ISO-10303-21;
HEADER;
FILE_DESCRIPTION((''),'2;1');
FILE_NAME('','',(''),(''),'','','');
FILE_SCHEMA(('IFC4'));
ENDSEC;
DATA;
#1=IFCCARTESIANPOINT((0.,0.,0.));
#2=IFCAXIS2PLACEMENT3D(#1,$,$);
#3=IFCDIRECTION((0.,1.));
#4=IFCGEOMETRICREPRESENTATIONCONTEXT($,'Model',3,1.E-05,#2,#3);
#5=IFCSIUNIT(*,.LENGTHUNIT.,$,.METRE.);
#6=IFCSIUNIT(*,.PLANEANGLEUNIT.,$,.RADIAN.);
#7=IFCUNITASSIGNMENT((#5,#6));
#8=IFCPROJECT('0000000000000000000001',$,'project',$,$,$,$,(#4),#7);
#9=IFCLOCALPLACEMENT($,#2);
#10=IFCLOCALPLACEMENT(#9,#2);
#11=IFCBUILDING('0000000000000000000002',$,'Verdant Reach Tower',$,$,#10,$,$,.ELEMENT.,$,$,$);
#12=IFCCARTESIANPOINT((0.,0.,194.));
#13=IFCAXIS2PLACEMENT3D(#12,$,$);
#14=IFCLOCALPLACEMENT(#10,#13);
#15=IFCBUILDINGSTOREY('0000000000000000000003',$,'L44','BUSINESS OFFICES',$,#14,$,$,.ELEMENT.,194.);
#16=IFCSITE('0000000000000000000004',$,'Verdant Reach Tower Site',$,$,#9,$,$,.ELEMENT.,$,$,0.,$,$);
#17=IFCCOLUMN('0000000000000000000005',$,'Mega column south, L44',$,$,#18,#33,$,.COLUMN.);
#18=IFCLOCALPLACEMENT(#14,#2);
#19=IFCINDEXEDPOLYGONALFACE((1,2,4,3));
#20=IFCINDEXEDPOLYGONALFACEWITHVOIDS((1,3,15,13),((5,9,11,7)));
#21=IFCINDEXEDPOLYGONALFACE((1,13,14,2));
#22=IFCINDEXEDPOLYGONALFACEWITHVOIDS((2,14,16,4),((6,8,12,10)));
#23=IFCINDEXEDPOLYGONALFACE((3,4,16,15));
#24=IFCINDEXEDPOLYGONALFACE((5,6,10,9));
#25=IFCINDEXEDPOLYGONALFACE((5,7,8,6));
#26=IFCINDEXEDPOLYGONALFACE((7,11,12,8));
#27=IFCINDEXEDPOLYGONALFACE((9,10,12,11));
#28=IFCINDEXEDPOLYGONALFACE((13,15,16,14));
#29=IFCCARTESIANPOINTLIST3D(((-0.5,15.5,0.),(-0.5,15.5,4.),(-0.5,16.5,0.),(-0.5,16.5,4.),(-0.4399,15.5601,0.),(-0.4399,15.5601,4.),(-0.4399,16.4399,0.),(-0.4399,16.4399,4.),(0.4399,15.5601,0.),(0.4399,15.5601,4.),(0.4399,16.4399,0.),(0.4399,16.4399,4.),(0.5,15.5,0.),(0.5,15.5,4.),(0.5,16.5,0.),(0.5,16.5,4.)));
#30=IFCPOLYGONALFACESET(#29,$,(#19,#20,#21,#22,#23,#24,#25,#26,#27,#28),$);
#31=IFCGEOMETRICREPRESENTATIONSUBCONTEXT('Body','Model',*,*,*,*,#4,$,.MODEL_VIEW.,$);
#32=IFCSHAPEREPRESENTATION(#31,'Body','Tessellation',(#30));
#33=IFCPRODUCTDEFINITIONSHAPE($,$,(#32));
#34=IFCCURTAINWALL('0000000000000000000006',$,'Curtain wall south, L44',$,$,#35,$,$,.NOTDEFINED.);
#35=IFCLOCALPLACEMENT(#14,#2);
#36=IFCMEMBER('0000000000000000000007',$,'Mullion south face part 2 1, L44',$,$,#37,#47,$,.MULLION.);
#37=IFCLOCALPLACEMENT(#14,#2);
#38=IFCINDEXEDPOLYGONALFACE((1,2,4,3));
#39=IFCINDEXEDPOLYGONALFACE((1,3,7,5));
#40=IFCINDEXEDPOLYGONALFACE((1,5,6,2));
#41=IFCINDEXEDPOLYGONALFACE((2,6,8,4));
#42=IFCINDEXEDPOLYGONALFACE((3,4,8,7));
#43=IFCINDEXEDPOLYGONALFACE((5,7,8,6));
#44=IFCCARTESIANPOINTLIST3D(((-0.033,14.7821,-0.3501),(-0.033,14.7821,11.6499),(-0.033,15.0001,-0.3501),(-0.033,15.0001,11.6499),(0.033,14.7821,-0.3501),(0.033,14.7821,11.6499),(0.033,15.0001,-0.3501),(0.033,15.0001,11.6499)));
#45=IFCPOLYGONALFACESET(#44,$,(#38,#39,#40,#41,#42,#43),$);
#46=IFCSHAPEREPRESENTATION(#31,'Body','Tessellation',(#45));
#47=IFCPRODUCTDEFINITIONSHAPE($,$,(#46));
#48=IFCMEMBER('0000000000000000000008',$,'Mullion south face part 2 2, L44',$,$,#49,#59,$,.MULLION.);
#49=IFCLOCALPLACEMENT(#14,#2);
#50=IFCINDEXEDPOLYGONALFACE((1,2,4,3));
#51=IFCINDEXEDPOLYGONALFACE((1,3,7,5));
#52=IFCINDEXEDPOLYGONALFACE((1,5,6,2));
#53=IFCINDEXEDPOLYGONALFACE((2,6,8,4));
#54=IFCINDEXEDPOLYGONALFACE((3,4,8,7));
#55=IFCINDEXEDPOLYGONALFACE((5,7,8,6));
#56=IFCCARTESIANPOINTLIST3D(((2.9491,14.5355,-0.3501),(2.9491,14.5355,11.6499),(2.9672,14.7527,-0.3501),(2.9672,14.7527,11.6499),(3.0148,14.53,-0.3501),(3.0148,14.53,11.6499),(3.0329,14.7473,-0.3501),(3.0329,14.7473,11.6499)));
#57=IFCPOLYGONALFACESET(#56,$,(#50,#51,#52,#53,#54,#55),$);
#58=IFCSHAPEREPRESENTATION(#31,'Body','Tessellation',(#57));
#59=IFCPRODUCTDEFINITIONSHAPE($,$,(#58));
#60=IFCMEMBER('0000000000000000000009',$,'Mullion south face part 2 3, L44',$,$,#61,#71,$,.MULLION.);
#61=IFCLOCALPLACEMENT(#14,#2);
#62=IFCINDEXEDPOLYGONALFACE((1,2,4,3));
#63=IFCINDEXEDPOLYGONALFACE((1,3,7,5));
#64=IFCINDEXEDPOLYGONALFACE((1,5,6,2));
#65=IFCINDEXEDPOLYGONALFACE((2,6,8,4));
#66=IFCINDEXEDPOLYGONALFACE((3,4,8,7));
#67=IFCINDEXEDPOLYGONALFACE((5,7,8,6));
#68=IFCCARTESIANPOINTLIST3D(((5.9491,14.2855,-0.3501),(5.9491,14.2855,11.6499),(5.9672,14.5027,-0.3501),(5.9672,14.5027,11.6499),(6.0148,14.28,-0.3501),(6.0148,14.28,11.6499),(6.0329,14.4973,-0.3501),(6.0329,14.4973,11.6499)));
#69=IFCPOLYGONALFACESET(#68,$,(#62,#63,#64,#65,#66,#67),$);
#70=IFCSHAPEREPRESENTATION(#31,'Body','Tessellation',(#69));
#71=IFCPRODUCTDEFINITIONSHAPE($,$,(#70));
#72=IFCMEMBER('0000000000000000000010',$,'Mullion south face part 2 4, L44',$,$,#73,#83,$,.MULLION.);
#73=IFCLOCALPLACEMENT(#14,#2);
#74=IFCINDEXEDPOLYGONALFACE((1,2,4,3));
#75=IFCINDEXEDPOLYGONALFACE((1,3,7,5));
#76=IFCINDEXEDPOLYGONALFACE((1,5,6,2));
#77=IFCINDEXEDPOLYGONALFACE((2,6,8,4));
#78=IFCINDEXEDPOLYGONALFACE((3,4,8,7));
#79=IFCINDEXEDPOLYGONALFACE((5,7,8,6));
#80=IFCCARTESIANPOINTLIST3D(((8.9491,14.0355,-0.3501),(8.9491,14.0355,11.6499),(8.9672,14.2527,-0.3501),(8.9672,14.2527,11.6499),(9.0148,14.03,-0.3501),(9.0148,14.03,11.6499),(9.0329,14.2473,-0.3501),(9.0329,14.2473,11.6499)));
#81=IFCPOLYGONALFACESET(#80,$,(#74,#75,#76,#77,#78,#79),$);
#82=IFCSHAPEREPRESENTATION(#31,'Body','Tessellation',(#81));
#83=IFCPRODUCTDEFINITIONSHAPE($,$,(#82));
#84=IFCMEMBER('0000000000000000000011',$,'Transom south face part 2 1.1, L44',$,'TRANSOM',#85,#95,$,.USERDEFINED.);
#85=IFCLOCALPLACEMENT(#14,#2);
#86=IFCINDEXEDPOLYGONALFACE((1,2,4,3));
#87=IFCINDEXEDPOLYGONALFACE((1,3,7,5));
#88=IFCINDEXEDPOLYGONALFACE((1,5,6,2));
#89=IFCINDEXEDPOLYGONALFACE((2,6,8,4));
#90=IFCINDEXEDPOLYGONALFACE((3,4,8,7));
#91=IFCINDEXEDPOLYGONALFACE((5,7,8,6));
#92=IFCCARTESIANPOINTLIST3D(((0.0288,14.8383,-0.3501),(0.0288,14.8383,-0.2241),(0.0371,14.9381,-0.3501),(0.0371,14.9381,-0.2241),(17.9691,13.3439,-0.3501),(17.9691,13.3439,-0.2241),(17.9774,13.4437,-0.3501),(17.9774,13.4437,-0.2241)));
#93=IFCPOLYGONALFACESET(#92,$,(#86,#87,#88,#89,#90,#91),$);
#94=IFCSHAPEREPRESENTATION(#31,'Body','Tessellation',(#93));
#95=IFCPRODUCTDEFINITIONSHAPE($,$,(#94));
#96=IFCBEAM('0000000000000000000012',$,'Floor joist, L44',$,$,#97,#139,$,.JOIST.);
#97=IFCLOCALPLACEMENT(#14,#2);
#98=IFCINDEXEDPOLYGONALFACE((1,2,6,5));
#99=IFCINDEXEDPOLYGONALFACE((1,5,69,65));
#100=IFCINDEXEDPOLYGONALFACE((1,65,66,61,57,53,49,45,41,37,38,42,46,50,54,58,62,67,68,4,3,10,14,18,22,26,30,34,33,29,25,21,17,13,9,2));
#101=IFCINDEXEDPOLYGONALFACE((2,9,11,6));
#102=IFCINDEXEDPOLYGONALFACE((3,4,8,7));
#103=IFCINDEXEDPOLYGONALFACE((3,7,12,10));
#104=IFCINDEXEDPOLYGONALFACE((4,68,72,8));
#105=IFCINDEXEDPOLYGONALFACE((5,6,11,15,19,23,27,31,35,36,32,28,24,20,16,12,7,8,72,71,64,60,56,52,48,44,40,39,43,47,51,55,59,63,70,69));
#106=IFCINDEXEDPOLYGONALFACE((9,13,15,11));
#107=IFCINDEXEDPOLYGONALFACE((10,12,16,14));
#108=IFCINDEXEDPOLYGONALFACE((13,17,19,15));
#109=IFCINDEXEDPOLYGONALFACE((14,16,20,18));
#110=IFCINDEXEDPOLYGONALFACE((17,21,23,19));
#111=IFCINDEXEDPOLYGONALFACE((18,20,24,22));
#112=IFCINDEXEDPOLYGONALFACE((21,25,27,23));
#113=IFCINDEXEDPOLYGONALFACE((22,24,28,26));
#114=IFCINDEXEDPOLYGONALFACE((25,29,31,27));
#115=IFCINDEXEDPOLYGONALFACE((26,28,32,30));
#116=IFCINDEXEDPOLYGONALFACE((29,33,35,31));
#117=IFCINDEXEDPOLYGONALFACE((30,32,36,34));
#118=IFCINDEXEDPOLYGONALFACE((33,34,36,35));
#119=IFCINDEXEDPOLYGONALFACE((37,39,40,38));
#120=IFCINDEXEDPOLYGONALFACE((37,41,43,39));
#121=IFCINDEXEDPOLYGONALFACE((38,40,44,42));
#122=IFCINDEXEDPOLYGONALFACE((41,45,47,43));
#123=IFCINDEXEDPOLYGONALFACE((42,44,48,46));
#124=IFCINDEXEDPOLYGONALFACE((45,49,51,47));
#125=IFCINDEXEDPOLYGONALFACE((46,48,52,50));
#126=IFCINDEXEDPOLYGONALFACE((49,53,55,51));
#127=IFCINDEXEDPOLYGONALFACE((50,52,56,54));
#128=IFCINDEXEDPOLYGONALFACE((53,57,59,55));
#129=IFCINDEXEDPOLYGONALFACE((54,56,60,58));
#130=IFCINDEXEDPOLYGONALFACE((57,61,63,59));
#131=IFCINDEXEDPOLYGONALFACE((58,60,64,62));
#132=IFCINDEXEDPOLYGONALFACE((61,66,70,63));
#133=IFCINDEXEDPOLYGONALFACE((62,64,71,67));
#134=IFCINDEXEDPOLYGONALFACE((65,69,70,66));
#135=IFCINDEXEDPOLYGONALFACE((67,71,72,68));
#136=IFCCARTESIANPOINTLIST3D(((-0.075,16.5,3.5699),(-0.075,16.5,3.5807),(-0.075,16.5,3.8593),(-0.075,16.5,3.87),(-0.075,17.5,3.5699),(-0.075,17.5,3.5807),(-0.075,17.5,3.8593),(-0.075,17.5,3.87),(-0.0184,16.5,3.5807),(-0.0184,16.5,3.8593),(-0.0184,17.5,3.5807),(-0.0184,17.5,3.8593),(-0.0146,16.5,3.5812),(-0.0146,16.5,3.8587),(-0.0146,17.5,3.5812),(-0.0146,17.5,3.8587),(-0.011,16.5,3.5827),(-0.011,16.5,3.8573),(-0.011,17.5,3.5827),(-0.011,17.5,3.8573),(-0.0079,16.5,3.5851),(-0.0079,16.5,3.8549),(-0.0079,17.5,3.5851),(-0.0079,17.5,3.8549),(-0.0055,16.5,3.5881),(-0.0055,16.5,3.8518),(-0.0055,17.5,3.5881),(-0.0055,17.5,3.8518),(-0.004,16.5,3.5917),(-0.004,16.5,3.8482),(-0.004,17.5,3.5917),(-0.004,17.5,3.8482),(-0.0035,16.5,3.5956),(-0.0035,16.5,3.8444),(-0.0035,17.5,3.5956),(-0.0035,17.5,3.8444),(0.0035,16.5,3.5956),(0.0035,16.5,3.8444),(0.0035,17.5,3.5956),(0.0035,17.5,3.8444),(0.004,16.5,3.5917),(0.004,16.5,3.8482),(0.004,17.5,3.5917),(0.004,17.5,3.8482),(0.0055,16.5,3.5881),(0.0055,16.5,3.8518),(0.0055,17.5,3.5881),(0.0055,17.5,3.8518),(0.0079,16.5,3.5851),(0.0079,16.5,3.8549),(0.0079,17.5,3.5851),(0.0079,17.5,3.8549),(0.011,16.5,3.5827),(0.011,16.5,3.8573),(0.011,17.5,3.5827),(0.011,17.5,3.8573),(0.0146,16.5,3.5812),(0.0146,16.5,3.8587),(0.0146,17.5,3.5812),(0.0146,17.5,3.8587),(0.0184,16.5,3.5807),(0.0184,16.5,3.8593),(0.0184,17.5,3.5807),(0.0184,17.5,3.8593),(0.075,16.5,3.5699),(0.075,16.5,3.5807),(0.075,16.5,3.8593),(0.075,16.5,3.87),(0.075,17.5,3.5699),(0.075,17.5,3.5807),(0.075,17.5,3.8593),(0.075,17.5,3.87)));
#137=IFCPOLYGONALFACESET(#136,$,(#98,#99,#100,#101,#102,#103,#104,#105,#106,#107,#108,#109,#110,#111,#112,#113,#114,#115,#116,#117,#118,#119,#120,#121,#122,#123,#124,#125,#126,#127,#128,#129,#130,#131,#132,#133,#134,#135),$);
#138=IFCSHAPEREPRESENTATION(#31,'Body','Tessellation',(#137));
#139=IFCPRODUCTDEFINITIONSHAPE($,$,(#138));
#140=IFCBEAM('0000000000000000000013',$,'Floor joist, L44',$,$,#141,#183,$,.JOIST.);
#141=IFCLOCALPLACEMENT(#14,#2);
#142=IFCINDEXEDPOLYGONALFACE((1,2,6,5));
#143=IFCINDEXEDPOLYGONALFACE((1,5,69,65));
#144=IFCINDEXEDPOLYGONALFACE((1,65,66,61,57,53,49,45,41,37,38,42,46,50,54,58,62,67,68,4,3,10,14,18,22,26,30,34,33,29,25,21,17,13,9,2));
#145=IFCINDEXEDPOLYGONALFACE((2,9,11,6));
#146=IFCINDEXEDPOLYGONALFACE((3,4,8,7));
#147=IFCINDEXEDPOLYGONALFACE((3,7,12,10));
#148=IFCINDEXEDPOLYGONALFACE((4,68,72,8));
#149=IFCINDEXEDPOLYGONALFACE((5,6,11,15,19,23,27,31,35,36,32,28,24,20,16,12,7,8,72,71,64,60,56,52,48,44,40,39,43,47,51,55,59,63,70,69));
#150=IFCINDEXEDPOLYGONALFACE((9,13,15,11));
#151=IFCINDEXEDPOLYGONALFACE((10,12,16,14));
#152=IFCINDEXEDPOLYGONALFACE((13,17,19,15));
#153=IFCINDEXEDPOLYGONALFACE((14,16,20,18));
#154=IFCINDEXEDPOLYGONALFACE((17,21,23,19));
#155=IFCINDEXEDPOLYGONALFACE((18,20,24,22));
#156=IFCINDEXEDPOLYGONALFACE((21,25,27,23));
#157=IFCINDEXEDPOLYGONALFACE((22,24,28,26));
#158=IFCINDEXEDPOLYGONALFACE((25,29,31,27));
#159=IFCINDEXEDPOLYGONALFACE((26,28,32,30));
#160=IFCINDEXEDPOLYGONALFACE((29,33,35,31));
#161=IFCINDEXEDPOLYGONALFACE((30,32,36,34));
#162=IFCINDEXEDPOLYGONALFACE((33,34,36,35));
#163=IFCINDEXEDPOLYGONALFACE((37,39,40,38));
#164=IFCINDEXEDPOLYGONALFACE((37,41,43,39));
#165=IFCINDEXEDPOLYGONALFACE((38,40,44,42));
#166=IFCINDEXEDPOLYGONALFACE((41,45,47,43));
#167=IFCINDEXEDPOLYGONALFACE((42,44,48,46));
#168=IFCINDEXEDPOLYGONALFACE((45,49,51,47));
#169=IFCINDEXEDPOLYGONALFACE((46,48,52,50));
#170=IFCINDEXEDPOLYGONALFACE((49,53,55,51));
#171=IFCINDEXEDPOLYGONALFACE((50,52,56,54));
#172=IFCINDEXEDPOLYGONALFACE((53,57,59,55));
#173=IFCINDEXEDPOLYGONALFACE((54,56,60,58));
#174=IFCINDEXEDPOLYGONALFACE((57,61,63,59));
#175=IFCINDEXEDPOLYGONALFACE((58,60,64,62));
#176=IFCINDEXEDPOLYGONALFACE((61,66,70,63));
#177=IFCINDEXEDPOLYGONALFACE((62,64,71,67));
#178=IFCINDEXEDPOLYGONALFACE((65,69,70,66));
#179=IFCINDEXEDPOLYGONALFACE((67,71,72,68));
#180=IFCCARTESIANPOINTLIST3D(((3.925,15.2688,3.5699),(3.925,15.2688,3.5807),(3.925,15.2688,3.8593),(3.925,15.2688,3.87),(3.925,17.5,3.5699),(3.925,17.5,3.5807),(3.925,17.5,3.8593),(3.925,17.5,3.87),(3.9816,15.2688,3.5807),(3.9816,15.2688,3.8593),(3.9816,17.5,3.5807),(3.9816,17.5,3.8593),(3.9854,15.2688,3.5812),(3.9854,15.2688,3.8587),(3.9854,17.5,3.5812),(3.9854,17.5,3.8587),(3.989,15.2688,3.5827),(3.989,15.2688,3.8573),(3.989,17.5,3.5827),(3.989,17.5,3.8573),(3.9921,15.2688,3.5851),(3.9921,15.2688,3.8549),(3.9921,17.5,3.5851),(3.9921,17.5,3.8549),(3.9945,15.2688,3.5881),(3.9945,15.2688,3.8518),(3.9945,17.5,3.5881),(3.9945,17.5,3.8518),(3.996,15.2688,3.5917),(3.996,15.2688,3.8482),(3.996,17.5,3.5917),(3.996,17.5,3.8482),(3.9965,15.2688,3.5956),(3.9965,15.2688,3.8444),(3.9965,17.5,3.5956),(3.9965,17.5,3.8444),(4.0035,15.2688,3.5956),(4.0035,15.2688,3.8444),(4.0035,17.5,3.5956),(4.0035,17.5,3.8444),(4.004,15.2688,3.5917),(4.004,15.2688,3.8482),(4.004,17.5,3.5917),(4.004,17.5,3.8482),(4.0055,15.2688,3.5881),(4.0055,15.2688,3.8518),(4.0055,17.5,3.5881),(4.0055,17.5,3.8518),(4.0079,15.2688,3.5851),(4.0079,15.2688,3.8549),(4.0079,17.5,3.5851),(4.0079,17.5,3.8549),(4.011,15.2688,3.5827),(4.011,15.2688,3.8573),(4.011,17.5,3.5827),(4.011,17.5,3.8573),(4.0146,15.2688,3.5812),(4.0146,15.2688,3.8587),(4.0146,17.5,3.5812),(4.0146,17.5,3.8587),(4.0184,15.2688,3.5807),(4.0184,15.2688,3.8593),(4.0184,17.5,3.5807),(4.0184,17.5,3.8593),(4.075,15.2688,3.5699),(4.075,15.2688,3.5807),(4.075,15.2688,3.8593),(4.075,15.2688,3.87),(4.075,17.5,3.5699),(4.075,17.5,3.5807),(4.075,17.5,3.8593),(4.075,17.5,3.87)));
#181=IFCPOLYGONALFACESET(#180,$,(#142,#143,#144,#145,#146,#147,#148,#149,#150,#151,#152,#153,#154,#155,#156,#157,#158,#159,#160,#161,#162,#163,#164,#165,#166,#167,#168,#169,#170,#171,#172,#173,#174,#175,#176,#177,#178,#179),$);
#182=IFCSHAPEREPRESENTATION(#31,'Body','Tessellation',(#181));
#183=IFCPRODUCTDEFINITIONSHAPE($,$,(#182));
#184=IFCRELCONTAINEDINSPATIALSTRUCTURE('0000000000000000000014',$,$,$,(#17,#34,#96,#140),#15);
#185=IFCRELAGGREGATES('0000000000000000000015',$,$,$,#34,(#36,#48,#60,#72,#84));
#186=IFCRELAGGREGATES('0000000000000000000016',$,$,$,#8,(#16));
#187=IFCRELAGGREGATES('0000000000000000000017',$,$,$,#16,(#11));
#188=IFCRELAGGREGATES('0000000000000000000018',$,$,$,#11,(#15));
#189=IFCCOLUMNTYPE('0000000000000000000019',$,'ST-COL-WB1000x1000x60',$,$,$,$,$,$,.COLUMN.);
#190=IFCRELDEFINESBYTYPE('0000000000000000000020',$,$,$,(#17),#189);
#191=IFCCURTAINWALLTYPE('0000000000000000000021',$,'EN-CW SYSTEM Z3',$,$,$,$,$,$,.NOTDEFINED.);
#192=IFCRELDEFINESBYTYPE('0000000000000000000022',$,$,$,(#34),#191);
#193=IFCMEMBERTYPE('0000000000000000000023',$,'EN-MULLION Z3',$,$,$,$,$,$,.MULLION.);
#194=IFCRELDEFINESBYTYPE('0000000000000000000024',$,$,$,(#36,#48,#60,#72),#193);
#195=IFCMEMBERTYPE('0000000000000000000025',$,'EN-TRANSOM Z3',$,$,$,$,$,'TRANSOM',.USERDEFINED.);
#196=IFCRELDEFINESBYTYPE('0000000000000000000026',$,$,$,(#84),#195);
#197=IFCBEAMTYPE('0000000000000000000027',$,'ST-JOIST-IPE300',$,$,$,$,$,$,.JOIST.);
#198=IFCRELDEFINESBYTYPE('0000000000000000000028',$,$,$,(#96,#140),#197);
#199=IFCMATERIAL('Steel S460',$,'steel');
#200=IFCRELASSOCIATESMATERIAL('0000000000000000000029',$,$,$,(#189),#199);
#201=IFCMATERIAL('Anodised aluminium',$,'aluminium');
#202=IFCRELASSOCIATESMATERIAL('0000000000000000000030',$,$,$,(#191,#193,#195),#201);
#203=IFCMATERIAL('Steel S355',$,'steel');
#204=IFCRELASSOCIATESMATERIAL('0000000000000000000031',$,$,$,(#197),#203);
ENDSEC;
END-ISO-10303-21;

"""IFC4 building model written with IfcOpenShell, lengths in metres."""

from ifc_helpers import new_model, si_unit, direction, frame, origin, origin_2d, place, context, subcontext, project, spatial, rectangle, hollow_rectangle, i_section, extrude, material, material_profile, profile_set, type_object, element, aggregate, save


model = new_model("IFC4")

# Units and contexts
model_context = context("Model", 3, precision=1e-05, world=origin(), true_north=direction((0.0, 1.0)))
body_context = subcontext(model_context, "Body", "Model", "MODEL_VIEW")
ifc_project = project(units=[si_unit("LENGTHUNIT", "METRE"), si_unit("PLANEANGLEUNIT", "RADIAN")], contexts=[model_context])

# Site, building, storey
site_placement = place(None, origin())
site = spatial("IfcSite", under=ifc_project, at=site_placement, Name="Verdant Reach Tower Site", CompositionType="ELEMENT", RefElevation=0.0)
building_placement = place(site_placement, origin())
building = spatial("IfcBuilding", under=site, at=building_placement, Name="Verdant Reach Tower", CompositionType="ELEMENT")
storey_placement = place(building_placement, frame((0.0, 0.0, 194.0)))
storey = spatial("IfcBuildingStorey", under=building, at=storey_placement, Name="L44", Description="BUSINESS OFFICES", CompositionType="ELEMENT", Elevation=194.0)

# Column
ifc_material_1 = material(Name="Steel S460", Category="steel")
ifc_material_profile_1 = material_profile(ifc_material_1, hollow_rectangle(XDim=1.0, YDim=1.0, WallThickness=0.0601, at=origin_2d()), Name="WB 1000x1000x60")
ifc_profile_set_1 = profile_set([ifc_material_profile_1], Name="Steel S460")
column_type = type_object("IfcColumnType", Name="ST-COL-WB1000x1000x60", PredefinedType="COLUMN", material=ifc_profile_set_1)
column_placement = place(storey_placement, frame((0.0, 16.0, 0.0), z_axis=(0.0, 0.0, 1.0), x_axis=(1.0, 0.0, 0.0)))
element("IfcColumn", 1, at=column_placement, inside=storey, type_object=column_type, Name="Mega column south, L44", PredefinedType="COLUMN", context=body_context, shape_type="SweptSolid", body=[
    extrude(hollow_rectangle(XDim=1.0, YDim=1.0, WallThickness=0.0601, at=origin_2d()), origin(), (0.0, 0.0, 1.0), 4.0),
])

# Curtain wall, members
ifc_material_2 = material(Name="Anodised aluminium", Category="aluminium")
curtain_wall_type = type_object("IfcCurtainWallType", Name="EN-CW SYSTEM Z3", PredefinedType="NOTDEFINED", material=ifc_material_2)
curtain_wall_placement = place(storey_placement, origin())
curtain_wall = element("IfcCurtainWall", 2, at=curtain_wall_placement, inside=storey, type_object=curtain_wall_type, Name="Curtain wall south, L44", PredefinedType="NOTDEFINED")
ifc_material_profile_2 = material_profile(ifc_material_2, rectangle(XDim=0.218, YDim=0.0659, at=origin_2d()), Name="Mullion 66x218")
ifc_profile_set_2 = profile_set([ifc_material_profile_2], Name="Anodised aluminium")
member_type_1 = type_object("IfcMemberType", Name="EN-MULLION Z3", PredefinedType="MULLION", material=ifc_profile_set_2)
member_1_placement = place(storey_placement, frame((0.0, 14.8911, -0.3501), z_axis=(0.0, 0.0, 1.0), x_axis=(0.0, -1.0, 0.0)))
member_1 = element("IfcMember", 3, at=member_1_placement, type_object=member_type_1, Name="Mullion south face part 2 1, L44", PredefinedType="MULLION", context=body_context, shape_type="SweptSolid", body=[
    extrude(rectangle(XDim=0.218, YDim=0.0659, at=origin_2d()), origin(), (0.0, 0.0, 1.0), 12.0),
])
member_2_placement = place(storey_placement, frame((2.991, 14.6414, -0.3501), z_axis=(0.0, 0.0, 1.0), x_axis=(-0.083045, -0.996546, 0.0)))
member_2 = element("IfcMember", 4, at=member_2_placement, type_object=member_type_1, Name="Mullion south face part 2 2, L44", PredefinedType="MULLION", context=body_context, shape_type="SweptSolid", body=[
    extrude(rectangle(XDim=0.218, YDim=0.0659, at=origin_2d()), origin(), (0.0, 0.0, 1.0), 12.0),
])
member_3_placement = place(storey_placement, frame((5.991, 14.3914, -0.3501), z_axis=(0.0, 0.0, 1.0), x_axis=(-0.083045, -0.996546, 0.0)))
member_3 = element("IfcMember", 5, at=member_3_placement, type_object=member_type_1, Name="Mullion south face part 2 3, L44", PredefinedType="MULLION", context=body_context, shape_type="SweptSolid", body=[
    extrude(rectangle(XDim=0.218, YDim=0.0659, at=origin_2d()), origin(), (0.0, 0.0, 1.0), 12.0),
])
member_4_placement = place(storey_placement, frame((8.991, 14.1414, -0.3501), z_axis=(0.0, 0.0, 1.0), x_axis=(-0.083045, -0.996546, 0.0)))
member_4 = element("IfcMember", 6, at=member_4_placement, type_object=member_type_1, Name="Mullion south face part 2 4, L44", PredefinedType="MULLION", context=body_context, shape_type="SweptSolid", body=[
    extrude(rectangle(XDim=0.218, YDim=0.0659, at=origin_2d()), origin(), (0.0, 0.0, 1.0), 12.0),
])
ifc_material_profile_3 = material_profile(ifc_material_2, rectangle(XDim=0.1001, YDim=0.126, at=origin_2d()), Name="Transom 126x100")
ifc_profile_set_3 = profile_set([ifc_material_profile_3], Name="Anodised aluminium")
member_type_2 = type_object("IfcMemberType", Name="EN-TRANSOM Z3", ElementType="TRANSOM", PredefinedType="USERDEFINED", material=ifc_profile_set_3)
member_5_placement = place(storey_placement, frame((0.033, 14.8882, -0.2871), z_axis=(0.996549, -0.08301, 0.0), x_axis=(0.08301, 0.996549, 0.0)))
member_5 = element("IfcMember", 7, at=member_5_placement, type_object=member_type_2, Name="Transom south face part 2 1.1, L44", ObjectType="TRANSOM", PredefinedType="USERDEFINED", context=body_context, shape_type="SweptSolid", body=[
    extrude(rectangle(XDim=0.1001, YDim=0.126, at=origin_2d()), origin(), (0.0, 0.0, 1.0), 18.0024),
])

# Beams
ifc_material_3 = material(Name="Steel S355", Category="steel")
ifc_material_profile_4 = material_profile(ifc_material_3, i_section(OverallWidth=0.1499, OverallDepth=0.3, WebThickness=0.0071, FlangeThickness=0.0107, FilletRadius=0.0149, at=origin_2d()), Name="IPE 300")
ifc_profile_set_4 = profile_set([ifc_material_profile_4], Name="Steel S355")
beam_type = type_object("IfcBeamType", Name="ST-JOIST-IPE300", PredefinedType="JOIST", material=ifc_profile_set_4)
beam_1_placement = place(storey_placement, frame((0.0, 17.5, 3.72), z_axis=(0.0, -1.0, 0.0), x_axis=(1.0, 0.0, 0.0)))
element("IfcBeam", 8, at=beam_1_placement, inside=storey, type_object=beam_type, Name="Floor joist, L44", PredefinedType="JOIST", context=body_context, shape_type="SweptSolid", body=[
    extrude(i_section(OverallWidth=0.1499, OverallDepth=0.3, WebThickness=0.0071, FlangeThickness=0.0107, FilletRadius=0.0149, at=origin_2d()), origin(), (0.0, 0.0, 1.0), 1.0),
])
beam_2_placement = place(storey_placement, frame((4.0, 17.5, 3.72), z_axis=(0.0, -1.0, 0.0), x_axis=(1.0, 0.0, 0.0)))
element("IfcBeam", 9, at=beam_2_placement, inside=storey, type_object=beam_type, Name="Floor joist, L44", PredefinedType="JOIST", context=body_context, shape_type="SweptSolid", body=[
    extrude(i_section(OverallWidth=0.1499, OverallDepth=0.3, WebThickness=0.0071, FlangeThickness=0.0107, FilletRadius=0.0149, at=origin_2d()), origin(), (0.0, 0.0, 1.0), 2.2312),
])

aggregate(curtain_wall, [member_1, member_2, member_3, member_4, member_5])

save(model, "model.ifc")
